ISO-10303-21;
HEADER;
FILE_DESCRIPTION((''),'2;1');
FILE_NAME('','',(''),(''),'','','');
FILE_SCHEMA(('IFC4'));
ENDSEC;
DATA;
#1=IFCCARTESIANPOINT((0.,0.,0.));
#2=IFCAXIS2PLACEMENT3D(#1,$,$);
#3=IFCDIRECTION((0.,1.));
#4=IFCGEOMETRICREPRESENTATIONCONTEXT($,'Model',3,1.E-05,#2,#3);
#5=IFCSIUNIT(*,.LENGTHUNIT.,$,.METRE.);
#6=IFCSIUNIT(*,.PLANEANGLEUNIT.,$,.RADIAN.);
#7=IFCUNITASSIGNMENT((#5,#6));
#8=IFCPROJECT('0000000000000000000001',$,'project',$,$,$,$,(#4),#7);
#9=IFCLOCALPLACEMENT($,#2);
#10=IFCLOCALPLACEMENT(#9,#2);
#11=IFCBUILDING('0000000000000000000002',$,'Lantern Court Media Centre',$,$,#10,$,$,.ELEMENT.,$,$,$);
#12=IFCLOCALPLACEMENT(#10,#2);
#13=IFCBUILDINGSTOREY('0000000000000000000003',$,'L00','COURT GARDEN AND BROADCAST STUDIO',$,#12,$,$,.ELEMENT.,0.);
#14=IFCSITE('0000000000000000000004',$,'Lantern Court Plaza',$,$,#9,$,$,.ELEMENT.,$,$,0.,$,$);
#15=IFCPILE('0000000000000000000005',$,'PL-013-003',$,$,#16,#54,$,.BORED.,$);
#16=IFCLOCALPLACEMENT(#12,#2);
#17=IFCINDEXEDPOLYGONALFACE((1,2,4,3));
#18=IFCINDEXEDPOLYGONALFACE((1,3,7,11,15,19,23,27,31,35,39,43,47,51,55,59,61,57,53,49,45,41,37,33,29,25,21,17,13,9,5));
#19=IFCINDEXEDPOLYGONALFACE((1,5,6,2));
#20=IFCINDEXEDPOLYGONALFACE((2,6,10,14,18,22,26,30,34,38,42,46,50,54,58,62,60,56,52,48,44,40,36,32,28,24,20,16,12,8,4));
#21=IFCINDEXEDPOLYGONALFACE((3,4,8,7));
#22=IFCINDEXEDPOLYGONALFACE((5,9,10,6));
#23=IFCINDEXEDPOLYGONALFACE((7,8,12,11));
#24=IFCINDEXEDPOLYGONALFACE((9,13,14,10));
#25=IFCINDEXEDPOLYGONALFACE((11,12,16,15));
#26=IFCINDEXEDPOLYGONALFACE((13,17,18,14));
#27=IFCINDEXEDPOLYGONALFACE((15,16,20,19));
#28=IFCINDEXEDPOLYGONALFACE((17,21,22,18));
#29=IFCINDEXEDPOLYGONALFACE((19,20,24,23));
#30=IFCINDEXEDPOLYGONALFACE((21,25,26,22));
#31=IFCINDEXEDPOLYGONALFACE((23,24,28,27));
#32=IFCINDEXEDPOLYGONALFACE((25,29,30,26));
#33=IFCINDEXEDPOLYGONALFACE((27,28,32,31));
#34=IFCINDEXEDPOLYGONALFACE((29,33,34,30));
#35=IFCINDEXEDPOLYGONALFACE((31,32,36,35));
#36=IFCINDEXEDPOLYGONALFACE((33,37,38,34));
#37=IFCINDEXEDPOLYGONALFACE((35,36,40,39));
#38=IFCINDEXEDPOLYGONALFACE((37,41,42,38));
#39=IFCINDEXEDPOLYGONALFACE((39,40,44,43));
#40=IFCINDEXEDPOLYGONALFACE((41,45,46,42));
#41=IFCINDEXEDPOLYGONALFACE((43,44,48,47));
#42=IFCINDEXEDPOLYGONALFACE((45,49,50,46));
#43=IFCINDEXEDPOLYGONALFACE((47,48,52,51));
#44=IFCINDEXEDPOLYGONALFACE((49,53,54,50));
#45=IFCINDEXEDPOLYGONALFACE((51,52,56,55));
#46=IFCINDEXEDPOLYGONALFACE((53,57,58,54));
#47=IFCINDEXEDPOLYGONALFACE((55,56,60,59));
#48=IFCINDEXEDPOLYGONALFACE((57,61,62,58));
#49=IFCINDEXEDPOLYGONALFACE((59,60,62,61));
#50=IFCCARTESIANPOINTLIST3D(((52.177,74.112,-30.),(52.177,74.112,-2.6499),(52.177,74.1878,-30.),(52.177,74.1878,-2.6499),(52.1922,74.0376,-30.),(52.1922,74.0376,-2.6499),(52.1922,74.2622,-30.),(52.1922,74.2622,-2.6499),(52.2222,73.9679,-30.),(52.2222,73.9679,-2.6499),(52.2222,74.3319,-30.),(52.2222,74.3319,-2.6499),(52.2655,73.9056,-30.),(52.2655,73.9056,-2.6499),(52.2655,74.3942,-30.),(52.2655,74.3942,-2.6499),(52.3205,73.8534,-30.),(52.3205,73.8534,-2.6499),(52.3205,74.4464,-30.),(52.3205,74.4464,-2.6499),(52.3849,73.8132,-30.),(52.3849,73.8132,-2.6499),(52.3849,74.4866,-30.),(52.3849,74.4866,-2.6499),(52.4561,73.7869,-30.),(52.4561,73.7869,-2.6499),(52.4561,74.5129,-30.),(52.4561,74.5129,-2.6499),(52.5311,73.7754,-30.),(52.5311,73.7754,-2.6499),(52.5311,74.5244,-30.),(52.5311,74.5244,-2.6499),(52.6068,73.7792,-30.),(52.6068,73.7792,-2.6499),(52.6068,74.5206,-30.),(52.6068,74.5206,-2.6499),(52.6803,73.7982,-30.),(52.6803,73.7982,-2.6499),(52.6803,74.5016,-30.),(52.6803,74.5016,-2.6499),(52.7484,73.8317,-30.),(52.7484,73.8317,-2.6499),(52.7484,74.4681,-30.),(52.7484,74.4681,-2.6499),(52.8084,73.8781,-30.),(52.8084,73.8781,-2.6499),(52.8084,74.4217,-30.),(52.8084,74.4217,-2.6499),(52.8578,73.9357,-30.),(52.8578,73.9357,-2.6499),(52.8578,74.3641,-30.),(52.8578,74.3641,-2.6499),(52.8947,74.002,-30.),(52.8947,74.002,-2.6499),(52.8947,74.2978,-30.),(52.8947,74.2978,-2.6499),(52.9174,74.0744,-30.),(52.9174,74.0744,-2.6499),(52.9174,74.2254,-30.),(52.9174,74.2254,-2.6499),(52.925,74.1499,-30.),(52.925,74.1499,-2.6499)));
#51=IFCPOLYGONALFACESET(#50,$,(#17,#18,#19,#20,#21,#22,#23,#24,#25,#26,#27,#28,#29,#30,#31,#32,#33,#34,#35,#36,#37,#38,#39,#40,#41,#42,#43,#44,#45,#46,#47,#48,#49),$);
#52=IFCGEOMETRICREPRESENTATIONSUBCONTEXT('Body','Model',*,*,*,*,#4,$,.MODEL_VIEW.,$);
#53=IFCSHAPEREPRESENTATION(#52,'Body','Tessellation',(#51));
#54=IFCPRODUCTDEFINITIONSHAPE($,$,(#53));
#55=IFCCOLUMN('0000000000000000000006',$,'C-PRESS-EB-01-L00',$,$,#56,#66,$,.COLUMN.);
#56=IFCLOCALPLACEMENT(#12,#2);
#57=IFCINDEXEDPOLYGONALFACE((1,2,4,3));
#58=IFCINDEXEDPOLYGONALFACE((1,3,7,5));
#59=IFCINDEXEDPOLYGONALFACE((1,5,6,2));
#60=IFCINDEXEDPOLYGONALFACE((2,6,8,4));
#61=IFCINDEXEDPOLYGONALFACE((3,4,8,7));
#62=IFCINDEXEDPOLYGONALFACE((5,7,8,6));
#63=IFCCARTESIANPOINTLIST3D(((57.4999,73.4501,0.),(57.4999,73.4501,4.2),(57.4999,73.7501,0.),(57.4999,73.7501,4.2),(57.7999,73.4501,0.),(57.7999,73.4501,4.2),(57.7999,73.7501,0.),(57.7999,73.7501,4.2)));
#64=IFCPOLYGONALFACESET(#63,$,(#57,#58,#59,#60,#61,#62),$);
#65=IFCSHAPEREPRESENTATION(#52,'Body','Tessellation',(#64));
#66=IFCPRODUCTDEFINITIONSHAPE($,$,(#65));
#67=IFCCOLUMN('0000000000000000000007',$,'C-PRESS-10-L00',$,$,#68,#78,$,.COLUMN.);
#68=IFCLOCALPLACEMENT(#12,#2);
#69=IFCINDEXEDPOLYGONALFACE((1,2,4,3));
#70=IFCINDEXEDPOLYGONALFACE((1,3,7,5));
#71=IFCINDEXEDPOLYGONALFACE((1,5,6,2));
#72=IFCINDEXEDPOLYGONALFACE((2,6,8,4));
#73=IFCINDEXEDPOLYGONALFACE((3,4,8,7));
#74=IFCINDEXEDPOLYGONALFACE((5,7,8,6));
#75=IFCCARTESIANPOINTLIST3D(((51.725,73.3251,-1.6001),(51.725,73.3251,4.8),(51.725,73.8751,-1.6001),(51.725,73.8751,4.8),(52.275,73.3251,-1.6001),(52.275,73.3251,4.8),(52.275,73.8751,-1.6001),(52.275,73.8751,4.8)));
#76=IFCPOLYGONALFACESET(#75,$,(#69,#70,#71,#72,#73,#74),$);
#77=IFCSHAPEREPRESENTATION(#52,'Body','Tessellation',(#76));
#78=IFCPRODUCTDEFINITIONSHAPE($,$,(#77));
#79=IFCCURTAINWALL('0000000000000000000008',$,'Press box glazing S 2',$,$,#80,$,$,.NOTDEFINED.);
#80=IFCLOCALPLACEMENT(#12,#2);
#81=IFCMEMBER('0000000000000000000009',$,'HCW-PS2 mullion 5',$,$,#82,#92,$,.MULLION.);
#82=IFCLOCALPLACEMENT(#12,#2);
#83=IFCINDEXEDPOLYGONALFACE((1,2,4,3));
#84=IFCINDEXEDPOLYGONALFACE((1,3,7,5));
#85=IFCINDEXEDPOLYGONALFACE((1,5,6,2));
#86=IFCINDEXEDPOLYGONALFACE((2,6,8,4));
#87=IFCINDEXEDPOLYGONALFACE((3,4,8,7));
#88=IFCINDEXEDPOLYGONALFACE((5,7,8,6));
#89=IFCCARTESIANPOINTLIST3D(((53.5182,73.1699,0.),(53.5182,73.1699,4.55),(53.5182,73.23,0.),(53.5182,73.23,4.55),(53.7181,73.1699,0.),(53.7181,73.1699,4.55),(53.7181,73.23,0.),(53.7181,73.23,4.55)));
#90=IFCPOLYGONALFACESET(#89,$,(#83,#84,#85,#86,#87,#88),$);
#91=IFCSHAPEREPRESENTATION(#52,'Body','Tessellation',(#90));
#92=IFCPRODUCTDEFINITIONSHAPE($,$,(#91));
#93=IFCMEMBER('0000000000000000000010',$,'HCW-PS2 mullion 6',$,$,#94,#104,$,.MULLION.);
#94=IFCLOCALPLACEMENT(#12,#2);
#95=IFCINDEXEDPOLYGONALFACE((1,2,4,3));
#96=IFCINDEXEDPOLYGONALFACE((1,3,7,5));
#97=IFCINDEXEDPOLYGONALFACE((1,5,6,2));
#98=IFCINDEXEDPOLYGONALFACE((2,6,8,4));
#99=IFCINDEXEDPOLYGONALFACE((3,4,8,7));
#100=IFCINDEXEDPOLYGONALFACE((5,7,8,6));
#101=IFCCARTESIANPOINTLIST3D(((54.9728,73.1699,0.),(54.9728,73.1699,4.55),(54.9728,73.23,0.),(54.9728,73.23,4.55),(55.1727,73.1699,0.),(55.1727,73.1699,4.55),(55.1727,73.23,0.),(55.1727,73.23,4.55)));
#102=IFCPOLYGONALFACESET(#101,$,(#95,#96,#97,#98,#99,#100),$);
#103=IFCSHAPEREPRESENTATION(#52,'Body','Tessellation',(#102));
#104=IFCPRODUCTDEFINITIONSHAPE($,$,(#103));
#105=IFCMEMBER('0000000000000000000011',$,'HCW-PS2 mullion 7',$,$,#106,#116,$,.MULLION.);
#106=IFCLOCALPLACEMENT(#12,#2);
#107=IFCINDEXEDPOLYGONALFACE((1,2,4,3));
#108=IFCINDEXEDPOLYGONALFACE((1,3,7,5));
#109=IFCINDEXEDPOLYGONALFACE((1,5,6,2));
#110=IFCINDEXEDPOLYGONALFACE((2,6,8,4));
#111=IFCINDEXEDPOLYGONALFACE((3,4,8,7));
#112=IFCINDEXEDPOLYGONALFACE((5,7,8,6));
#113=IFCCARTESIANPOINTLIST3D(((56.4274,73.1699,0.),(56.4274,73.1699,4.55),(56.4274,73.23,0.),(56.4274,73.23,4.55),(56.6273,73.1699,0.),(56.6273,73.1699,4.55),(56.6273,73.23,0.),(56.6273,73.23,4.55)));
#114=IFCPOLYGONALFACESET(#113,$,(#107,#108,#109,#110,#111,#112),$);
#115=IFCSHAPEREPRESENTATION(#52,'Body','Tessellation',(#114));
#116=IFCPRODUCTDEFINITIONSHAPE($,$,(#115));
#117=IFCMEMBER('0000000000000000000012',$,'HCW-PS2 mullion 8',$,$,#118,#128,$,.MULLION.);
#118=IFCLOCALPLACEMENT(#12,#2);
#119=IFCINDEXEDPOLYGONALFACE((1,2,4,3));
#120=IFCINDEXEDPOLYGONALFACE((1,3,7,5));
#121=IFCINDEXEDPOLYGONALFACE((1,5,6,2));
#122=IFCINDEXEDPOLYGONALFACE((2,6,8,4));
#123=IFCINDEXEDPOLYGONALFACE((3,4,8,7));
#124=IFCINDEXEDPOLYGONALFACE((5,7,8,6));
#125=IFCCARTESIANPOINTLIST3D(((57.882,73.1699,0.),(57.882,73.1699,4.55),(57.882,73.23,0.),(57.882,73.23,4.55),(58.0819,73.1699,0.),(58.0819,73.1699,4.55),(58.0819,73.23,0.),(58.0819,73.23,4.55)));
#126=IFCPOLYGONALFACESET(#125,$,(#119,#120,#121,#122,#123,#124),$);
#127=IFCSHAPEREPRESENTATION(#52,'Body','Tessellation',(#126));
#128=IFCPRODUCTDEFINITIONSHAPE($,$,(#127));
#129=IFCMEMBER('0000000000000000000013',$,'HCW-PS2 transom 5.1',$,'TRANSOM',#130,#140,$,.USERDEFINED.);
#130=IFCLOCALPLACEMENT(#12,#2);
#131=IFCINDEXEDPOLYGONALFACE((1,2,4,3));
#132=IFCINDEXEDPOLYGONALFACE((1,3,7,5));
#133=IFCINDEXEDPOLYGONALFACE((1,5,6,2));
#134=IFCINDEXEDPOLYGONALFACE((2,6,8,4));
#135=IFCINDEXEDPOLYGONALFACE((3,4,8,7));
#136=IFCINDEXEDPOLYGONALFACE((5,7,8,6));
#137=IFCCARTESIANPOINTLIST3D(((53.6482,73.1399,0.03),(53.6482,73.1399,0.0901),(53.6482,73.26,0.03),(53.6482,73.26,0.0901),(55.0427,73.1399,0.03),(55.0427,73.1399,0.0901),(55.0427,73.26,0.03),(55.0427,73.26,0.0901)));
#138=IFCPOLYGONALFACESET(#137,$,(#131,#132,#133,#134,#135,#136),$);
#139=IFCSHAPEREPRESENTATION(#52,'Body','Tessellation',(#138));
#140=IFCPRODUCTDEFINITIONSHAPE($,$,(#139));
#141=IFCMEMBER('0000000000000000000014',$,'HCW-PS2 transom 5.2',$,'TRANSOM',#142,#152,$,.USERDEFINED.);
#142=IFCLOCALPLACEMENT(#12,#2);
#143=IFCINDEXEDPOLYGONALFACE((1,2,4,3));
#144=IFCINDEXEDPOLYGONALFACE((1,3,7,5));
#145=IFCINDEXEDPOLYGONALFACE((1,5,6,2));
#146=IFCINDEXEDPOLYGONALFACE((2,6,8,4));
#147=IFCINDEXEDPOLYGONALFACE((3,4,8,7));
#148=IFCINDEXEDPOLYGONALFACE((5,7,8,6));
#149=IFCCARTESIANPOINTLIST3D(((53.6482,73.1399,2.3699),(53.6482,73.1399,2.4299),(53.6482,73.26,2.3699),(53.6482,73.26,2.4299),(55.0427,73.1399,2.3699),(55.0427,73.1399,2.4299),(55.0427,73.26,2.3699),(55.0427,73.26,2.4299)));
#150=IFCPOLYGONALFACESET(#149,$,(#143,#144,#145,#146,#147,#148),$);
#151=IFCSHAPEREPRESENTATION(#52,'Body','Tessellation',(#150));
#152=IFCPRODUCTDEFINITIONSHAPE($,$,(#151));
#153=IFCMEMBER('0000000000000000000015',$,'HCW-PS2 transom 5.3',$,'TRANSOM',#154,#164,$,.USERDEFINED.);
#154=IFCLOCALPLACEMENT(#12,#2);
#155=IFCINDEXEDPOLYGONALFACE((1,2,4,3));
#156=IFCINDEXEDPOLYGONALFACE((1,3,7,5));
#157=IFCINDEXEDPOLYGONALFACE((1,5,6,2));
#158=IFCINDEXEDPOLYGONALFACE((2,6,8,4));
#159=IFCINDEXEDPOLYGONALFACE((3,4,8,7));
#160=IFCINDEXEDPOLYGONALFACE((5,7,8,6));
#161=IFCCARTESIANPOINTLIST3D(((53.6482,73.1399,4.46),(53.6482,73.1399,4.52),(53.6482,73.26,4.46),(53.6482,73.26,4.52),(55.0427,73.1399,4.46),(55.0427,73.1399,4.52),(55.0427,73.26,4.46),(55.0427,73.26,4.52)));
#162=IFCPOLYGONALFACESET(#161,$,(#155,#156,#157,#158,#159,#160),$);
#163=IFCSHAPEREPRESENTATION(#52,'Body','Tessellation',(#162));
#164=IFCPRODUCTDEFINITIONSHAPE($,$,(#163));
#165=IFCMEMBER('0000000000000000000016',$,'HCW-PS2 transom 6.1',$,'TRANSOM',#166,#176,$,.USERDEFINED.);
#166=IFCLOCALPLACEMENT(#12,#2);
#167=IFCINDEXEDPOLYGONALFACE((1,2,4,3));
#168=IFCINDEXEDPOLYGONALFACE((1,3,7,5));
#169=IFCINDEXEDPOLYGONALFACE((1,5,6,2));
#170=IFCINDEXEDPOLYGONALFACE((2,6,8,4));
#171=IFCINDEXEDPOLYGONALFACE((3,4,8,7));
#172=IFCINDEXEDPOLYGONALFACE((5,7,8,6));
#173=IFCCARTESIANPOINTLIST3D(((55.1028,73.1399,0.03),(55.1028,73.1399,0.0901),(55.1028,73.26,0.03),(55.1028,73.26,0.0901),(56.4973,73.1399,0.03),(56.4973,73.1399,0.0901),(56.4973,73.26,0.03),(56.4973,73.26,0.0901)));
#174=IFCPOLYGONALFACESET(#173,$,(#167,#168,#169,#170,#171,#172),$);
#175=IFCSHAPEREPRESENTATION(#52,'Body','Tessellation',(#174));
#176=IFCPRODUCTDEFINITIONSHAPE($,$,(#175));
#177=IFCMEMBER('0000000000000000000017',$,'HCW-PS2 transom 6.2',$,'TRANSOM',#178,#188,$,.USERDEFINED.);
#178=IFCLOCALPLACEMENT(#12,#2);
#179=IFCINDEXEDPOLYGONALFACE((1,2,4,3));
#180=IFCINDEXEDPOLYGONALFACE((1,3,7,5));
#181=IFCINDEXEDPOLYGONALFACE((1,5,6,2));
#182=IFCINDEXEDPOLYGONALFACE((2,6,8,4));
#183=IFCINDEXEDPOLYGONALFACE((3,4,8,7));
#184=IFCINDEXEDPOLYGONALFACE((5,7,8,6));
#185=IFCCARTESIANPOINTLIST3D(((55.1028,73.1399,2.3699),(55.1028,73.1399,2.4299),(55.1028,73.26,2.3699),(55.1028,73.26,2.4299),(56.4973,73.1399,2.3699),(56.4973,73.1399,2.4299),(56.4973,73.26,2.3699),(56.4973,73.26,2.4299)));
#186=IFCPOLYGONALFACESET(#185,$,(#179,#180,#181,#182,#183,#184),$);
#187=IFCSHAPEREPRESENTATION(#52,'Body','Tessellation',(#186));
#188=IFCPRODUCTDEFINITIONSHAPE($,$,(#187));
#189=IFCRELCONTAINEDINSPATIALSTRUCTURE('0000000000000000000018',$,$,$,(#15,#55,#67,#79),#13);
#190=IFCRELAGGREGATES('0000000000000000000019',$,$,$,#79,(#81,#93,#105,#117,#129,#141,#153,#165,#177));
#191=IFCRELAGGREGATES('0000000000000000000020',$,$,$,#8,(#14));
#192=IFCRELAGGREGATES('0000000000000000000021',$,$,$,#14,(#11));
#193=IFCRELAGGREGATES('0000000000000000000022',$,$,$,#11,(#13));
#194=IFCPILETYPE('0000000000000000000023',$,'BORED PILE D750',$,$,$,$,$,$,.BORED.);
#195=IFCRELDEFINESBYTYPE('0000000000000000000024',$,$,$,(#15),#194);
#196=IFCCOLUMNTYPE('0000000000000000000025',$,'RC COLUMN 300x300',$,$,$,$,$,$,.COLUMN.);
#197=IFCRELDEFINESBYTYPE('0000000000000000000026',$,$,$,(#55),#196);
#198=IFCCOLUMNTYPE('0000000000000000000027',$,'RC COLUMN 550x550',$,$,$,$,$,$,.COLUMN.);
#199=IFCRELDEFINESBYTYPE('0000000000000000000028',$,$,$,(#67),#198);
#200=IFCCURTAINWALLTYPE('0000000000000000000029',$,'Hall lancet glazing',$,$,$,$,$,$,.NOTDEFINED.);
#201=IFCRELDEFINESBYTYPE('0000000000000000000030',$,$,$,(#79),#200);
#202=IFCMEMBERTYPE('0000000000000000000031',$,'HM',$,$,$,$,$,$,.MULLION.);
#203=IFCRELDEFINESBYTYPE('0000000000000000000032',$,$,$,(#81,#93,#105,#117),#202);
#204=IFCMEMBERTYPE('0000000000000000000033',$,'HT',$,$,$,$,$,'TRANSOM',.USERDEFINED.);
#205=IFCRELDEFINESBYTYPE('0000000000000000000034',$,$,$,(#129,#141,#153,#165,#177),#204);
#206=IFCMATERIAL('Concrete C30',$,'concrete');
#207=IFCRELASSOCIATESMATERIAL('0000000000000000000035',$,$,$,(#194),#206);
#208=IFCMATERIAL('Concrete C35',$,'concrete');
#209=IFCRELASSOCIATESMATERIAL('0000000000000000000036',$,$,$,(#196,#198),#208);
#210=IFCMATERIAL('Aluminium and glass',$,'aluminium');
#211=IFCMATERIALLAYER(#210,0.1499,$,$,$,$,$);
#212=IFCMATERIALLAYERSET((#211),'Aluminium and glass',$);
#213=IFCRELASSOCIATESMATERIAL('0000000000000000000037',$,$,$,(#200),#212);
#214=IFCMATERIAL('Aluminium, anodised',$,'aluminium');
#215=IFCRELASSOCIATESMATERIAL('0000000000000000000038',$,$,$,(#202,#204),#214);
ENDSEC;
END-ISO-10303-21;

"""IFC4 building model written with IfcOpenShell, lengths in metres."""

from ifc_helpers import new_model, si_unit, direction, frame, origin, origin_2d, place, context, subcontext, project, spatial, rectangle, circle, extrude, material, layer, layer_set, material_profile, profile_set, type_object, element, aggregate, save


model = new_model("IFC4")

# Units and contexts
model_context = context("Model", 3, precision=1e-05, world=origin(), true_north=direction((0.0, 1.0)))
body_context = subcontext(model_context, "Body", "Model", "MODEL_VIEW")
ifc_project = project(units=[si_unit("LENGTHUNIT", "METRE"), si_unit("PLANEANGLEUNIT", "RADIAN")], contexts=[model_context])

# Site, building, storey
site_placement = place(None, origin())
site = spatial("IfcSite", under=ifc_project, at=site_placement, Name="Lantern Court Plaza", CompositionType="ELEMENT", RefElevation=0.0)
building_placement = place(site_placement, origin())
building = spatial("IfcBuilding", under=site, at=building_placement, Name="Lantern Court Media Centre", CompositionType="ELEMENT")
storey_placement = place(building_placement, origin())
storey = spatial("IfcBuildingStorey", under=building, at=storey_placement, Name="L00", Description="COURT GARDEN AND BROADCAST STUDIO", CompositionType="ELEMENT", Elevation=0.0)

# Pile
ifc_material_1 = material(Name="Concrete C30", Category="concrete")
ifc_material_profile_1 = material_profile(ifc_material_1, circle(Radius=0.375, at=origin_2d()), Name="D750")
ifc_profile_set_1 = profile_set([ifc_material_profile_1], Name="Concrete C30")
pile_type = type_object("IfcPileType", Name="BORED PILE D750", PredefinedType="BORED", material=ifc_profile_set_1)
pile_placement = place(storey_placement, frame((52.55, 74.1499, -2.6499), z_axis=(0.0, 0.0, -1.0), x_axis=(1.0, 0.0, 0.0)))
element("IfcPile", 1, at=pile_placement, inside=storey, type_object=pile_type, Name="PL-013-003", PredefinedType="BORED", context=body_context, shape_type="SweptSolid", body=[
    extrude(circle(Radius=0.375, at=origin_2d()), origin(), (0.0, 0.0, 1.0), 27.3501),
])

# Columns
ifc_material_2 = material(Name="Concrete C35", Category="concrete")
ifc_material_profile_2 = material_profile(ifc_material_2, rectangle(XDim=0.3, YDim=0.3, at=origin_2d()), Name="RC 300x300")
ifc_profile_set_2 = profile_set([ifc_material_profile_2], Name="Concrete C35")
column_type_1 = type_object("IfcColumnType", Name="RC COLUMN 300x300", PredefinedType="COLUMN", material=ifc_profile_set_2)
column_1_placement = place(storey_placement, frame((57.6499, 73.6001, 0.0), z_axis=(0.0, 0.0, 1.0), x_axis=(1.0, 0.0, 0.0)))
element("IfcColumn", 2, at=column_1_placement, inside=storey, type_object=column_type_1, Name="C-PRESS-EB-01-L00", PredefinedType="COLUMN", context=body_context, shape_type="SweptSolid", body=[
    extrude(rectangle(XDim=0.3, YDim=0.3, at=origin_2d()), origin(), (0.0, 0.0, 1.0), 4.2),
])
ifc_material_profile_3 = material_profile(ifc_material_2, rectangle(XDim=0.55, YDim=0.55, at=origin_2d()), Name="RC 550x550")
ifc_profile_set_3 = profile_set([ifc_material_profile_3], Name="Concrete C35")
column_type_2 = type_object("IfcColumnType", Name="RC COLUMN 550x550", PredefinedType="COLUMN", material=ifc_profile_set_3)
column_2_placement = place(storey_placement, frame((52.0, 73.6001, -1.6001), z_axis=(0.0, 0.0, 1.0), x_axis=(1.0, 0.0, 0.0)))
element("IfcColumn", 3, at=column_2_placement, inside=storey, type_object=column_type_2, Name="C-PRESS-10-L00", PredefinedType="COLUMN", context=body_context, shape_type="SweptSolid", body=[
    extrude(rectangle(XDim=0.55, YDim=0.55, at=origin_2d()), origin(), (0.0, 0.0, 1.0), 6.4001),
])

# Curtain wall, members
ifc_material_3 = material(Name="Aluminium and glass", Category="aluminium")
ifc_layer_1 = layer(ifc_material_3, 0.1499)
ifc_layer_set_1 = layer_set([ifc_layer_1], Name="Aluminium and glass")
curtain_wall_type = type_object("IfcCurtainWallType", Name="Hall lancet glazing", PredefinedType="NOTDEFINED", material=ifc_layer_set_1)
curtain_wall_placement = place(storey_placement, origin())
curtain_wall = element("IfcCurtainWall", 4, at=curtain_wall_placement, inside=storey, type_object=curtain_wall_type, Name="Press box glazing S 2", PredefinedType="NOTDEFINED")
ifc_material_4 = material(Name="Aluminium, anodised", Category="aluminium")
ifc_material_profile_4 = material_profile(ifc_material_4, rectangle(XDim=0.0601, YDim=0.2, at=origin_2d()), Name="HM")
ifc_profile_set_4 = profile_set([ifc_material_profile_4], Name="Aluminium, anodised")
member_type_1 = type_object("IfcMemberType", Name="HM", PredefinedType="MULLION", material=ifc_profile_set_4)
member_1_placement = place(storey_placement, frame((53.6182, 73.2, 0.0), z_axis=(0.0, 0.0, 1.0), x_axis=(0.0, 1.0, 0.0)))
member_1 = element("IfcMember", 5, at=member_1_placement, type_object=member_type_1, Name="HCW-PS2 mullion 5", PredefinedType="MULLION", context=body_context, shape_type="SweptSolid", body=[
    extrude(rectangle(XDim=0.0601, YDim=0.2, at=origin_2d()), origin(), (0.0, 0.0, 1.0), 4.55),
])
member_2_placement = place(storey_placement, frame((55.0728, 73.2, 0.0), z_axis=(0.0, 0.0, 1.0), x_axis=(0.0, 1.0, 0.0)))
member_2 = element("IfcMember", 6, at=member_2_placement, type_object=member_type_1, Name="HCW-PS2 mullion 6", PredefinedType="MULLION", context=body_context, shape_type="SweptSolid", body=[
    extrude(rectangle(XDim=0.0601, YDim=0.2, at=origin_2d()), origin(), (0.0, 0.0, 1.0), 4.55),
])
member_3_placement = place(storey_placement, frame((56.5273, 73.2, 0.0), z_axis=(0.0, 0.0, 1.0), x_axis=(0.0, 1.0, 0.0)))
member_3 = element("IfcMember", 7, at=member_3_placement, type_object=member_type_1, Name="HCW-PS2 mullion 7", PredefinedType="MULLION", context=body_context, shape_type="SweptSolid", body=[
    extrude(rectangle(XDim=0.0601, YDim=0.2, at=origin_2d()), origin(), (0.0, 0.0, 1.0), 4.55),
])
member_4_placement = place(storey_placement, frame((57.9819, 73.2, 0.0), z_axis=(0.0, 0.0, 1.0), x_axis=(0.0, 1.0, 0.0)))
member_4 = element("IfcMember", 8, at=member_4_placement, type_object=member_type_1, Name="HCW-PS2 mullion 8", PredefinedType="MULLION", context=body_context, shape_type="SweptSolid", body=[
    extrude(rectangle(XDim=0.0601, YDim=0.2, at=origin_2d()), origin(), (0.0, 0.0, 1.0), 4.55),
])
ifc_material_profile_5 = material_profile(ifc_material_4, rectangle(XDim=0.1201, YDim=0.0601, at=origin_2d()), Name="HT")
ifc_profile_set_5 = profile_set([ifc_material_profile_5], Name="Aluminium, anodised")
member_type_2 = type_object("IfcMemberType", Name="HT", ElementType="TRANSOM", PredefinedType="USERDEFINED", material=ifc_profile_set_5)
member_5_placement = place(storey_placement, frame((53.6482, 73.2, 0.0601), z_axis=(1.0, 0.0, 0.0), x_axis=(0.0, 1.0, 0.0)))
member_5 = element("IfcMember", 9, at=member_5_placement, type_object=member_type_2, Name="HCW-PS2 transom 5.1", ObjectType="TRANSOM", PredefinedType="USERDEFINED", context=body_context, shape_type="SweptSolid", body=[
    extrude(rectangle(XDim=0.1201, YDim=0.0601, at=origin_2d()), origin(), (0.0, 0.0, 1.0), 1.3945),
])
member_6_placement = place(storey_placement, frame((53.6482, 73.2, 2.3999), z_axis=(1.0, 0.0, 0.0), x_axis=(0.0, 1.0, 0.0)))
member_6 = element("IfcMember", 10, at=member_6_placement, type_object=member_type_2, Name="HCW-PS2 transom 5.2", ObjectType="TRANSOM", PredefinedType="USERDEFINED", context=body_context, shape_type="SweptSolid", body=[
    extrude(rectangle(XDim=0.1201, YDim=0.0601, at=origin_2d()), origin(), (0.0, 0.0, 1.0), 1.3945),
])
member_7_placement = place(storey_placement, frame((53.6482, 73.2, 4.49), z_axis=(1.0, 0.0, 0.0), x_axis=(0.0, 1.0, 0.0)))
member_7 = element("IfcMember", 11, at=member_7_placement, type_object=member_type_2, Name="HCW-PS2 transom 5.3", ObjectType="TRANSOM", PredefinedType="USERDEFINED", context=body_context, shape_type="SweptSolid", body=[
    extrude(rectangle(XDim=0.1201, YDim=0.0601, at=origin_2d()), origin(), (0.0, 0.0, 1.0), 1.3945),
])
member_8_placement = place(storey_placement, frame((55.1028, 73.2, 0.0601), z_axis=(1.0, 0.0, 0.0), x_axis=(0.0, 1.0, 0.0)))
member_8 = element("IfcMember", 12, at=member_8_placement, type_object=member_type_2, Name="HCW-PS2 transom 6.1", ObjectType="TRANSOM", PredefinedType="USERDEFINED", context=body_context, shape_type="SweptSolid", body=[
    extrude(rectangle(XDim=0.1201, YDim=0.0601, at=origin_2d()), origin(), (0.0, 0.0, 1.0), 1.3945),
])
member_9_placement = place(storey_placement, frame((55.1028, 73.2, 2.3999), z_axis=(1.0, 0.0, 0.0), x_axis=(0.0, 1.0, 0.0)))
member_9 = element("IfcMember", 13, at=member_9_placement, type_object=member_type_2, Name="HCW-PS2 transom 6.2", ObjectType="TRANSOM", PredefinedType="USERDEFINED", context=body_context, shape_type="SweptSolid", body=[
    extrude(rectangle(XDim=0.1201, YDim=0.0601, at=origin_2d()), origin(), (0.0, 0.0, 1.0), 1.3945),
])
aggregate(curtain_wall, [member_1, member_2, member_3, member_4, member_5, member_6, member_7, member_8, member_9])

save(model, "model.ifc")
